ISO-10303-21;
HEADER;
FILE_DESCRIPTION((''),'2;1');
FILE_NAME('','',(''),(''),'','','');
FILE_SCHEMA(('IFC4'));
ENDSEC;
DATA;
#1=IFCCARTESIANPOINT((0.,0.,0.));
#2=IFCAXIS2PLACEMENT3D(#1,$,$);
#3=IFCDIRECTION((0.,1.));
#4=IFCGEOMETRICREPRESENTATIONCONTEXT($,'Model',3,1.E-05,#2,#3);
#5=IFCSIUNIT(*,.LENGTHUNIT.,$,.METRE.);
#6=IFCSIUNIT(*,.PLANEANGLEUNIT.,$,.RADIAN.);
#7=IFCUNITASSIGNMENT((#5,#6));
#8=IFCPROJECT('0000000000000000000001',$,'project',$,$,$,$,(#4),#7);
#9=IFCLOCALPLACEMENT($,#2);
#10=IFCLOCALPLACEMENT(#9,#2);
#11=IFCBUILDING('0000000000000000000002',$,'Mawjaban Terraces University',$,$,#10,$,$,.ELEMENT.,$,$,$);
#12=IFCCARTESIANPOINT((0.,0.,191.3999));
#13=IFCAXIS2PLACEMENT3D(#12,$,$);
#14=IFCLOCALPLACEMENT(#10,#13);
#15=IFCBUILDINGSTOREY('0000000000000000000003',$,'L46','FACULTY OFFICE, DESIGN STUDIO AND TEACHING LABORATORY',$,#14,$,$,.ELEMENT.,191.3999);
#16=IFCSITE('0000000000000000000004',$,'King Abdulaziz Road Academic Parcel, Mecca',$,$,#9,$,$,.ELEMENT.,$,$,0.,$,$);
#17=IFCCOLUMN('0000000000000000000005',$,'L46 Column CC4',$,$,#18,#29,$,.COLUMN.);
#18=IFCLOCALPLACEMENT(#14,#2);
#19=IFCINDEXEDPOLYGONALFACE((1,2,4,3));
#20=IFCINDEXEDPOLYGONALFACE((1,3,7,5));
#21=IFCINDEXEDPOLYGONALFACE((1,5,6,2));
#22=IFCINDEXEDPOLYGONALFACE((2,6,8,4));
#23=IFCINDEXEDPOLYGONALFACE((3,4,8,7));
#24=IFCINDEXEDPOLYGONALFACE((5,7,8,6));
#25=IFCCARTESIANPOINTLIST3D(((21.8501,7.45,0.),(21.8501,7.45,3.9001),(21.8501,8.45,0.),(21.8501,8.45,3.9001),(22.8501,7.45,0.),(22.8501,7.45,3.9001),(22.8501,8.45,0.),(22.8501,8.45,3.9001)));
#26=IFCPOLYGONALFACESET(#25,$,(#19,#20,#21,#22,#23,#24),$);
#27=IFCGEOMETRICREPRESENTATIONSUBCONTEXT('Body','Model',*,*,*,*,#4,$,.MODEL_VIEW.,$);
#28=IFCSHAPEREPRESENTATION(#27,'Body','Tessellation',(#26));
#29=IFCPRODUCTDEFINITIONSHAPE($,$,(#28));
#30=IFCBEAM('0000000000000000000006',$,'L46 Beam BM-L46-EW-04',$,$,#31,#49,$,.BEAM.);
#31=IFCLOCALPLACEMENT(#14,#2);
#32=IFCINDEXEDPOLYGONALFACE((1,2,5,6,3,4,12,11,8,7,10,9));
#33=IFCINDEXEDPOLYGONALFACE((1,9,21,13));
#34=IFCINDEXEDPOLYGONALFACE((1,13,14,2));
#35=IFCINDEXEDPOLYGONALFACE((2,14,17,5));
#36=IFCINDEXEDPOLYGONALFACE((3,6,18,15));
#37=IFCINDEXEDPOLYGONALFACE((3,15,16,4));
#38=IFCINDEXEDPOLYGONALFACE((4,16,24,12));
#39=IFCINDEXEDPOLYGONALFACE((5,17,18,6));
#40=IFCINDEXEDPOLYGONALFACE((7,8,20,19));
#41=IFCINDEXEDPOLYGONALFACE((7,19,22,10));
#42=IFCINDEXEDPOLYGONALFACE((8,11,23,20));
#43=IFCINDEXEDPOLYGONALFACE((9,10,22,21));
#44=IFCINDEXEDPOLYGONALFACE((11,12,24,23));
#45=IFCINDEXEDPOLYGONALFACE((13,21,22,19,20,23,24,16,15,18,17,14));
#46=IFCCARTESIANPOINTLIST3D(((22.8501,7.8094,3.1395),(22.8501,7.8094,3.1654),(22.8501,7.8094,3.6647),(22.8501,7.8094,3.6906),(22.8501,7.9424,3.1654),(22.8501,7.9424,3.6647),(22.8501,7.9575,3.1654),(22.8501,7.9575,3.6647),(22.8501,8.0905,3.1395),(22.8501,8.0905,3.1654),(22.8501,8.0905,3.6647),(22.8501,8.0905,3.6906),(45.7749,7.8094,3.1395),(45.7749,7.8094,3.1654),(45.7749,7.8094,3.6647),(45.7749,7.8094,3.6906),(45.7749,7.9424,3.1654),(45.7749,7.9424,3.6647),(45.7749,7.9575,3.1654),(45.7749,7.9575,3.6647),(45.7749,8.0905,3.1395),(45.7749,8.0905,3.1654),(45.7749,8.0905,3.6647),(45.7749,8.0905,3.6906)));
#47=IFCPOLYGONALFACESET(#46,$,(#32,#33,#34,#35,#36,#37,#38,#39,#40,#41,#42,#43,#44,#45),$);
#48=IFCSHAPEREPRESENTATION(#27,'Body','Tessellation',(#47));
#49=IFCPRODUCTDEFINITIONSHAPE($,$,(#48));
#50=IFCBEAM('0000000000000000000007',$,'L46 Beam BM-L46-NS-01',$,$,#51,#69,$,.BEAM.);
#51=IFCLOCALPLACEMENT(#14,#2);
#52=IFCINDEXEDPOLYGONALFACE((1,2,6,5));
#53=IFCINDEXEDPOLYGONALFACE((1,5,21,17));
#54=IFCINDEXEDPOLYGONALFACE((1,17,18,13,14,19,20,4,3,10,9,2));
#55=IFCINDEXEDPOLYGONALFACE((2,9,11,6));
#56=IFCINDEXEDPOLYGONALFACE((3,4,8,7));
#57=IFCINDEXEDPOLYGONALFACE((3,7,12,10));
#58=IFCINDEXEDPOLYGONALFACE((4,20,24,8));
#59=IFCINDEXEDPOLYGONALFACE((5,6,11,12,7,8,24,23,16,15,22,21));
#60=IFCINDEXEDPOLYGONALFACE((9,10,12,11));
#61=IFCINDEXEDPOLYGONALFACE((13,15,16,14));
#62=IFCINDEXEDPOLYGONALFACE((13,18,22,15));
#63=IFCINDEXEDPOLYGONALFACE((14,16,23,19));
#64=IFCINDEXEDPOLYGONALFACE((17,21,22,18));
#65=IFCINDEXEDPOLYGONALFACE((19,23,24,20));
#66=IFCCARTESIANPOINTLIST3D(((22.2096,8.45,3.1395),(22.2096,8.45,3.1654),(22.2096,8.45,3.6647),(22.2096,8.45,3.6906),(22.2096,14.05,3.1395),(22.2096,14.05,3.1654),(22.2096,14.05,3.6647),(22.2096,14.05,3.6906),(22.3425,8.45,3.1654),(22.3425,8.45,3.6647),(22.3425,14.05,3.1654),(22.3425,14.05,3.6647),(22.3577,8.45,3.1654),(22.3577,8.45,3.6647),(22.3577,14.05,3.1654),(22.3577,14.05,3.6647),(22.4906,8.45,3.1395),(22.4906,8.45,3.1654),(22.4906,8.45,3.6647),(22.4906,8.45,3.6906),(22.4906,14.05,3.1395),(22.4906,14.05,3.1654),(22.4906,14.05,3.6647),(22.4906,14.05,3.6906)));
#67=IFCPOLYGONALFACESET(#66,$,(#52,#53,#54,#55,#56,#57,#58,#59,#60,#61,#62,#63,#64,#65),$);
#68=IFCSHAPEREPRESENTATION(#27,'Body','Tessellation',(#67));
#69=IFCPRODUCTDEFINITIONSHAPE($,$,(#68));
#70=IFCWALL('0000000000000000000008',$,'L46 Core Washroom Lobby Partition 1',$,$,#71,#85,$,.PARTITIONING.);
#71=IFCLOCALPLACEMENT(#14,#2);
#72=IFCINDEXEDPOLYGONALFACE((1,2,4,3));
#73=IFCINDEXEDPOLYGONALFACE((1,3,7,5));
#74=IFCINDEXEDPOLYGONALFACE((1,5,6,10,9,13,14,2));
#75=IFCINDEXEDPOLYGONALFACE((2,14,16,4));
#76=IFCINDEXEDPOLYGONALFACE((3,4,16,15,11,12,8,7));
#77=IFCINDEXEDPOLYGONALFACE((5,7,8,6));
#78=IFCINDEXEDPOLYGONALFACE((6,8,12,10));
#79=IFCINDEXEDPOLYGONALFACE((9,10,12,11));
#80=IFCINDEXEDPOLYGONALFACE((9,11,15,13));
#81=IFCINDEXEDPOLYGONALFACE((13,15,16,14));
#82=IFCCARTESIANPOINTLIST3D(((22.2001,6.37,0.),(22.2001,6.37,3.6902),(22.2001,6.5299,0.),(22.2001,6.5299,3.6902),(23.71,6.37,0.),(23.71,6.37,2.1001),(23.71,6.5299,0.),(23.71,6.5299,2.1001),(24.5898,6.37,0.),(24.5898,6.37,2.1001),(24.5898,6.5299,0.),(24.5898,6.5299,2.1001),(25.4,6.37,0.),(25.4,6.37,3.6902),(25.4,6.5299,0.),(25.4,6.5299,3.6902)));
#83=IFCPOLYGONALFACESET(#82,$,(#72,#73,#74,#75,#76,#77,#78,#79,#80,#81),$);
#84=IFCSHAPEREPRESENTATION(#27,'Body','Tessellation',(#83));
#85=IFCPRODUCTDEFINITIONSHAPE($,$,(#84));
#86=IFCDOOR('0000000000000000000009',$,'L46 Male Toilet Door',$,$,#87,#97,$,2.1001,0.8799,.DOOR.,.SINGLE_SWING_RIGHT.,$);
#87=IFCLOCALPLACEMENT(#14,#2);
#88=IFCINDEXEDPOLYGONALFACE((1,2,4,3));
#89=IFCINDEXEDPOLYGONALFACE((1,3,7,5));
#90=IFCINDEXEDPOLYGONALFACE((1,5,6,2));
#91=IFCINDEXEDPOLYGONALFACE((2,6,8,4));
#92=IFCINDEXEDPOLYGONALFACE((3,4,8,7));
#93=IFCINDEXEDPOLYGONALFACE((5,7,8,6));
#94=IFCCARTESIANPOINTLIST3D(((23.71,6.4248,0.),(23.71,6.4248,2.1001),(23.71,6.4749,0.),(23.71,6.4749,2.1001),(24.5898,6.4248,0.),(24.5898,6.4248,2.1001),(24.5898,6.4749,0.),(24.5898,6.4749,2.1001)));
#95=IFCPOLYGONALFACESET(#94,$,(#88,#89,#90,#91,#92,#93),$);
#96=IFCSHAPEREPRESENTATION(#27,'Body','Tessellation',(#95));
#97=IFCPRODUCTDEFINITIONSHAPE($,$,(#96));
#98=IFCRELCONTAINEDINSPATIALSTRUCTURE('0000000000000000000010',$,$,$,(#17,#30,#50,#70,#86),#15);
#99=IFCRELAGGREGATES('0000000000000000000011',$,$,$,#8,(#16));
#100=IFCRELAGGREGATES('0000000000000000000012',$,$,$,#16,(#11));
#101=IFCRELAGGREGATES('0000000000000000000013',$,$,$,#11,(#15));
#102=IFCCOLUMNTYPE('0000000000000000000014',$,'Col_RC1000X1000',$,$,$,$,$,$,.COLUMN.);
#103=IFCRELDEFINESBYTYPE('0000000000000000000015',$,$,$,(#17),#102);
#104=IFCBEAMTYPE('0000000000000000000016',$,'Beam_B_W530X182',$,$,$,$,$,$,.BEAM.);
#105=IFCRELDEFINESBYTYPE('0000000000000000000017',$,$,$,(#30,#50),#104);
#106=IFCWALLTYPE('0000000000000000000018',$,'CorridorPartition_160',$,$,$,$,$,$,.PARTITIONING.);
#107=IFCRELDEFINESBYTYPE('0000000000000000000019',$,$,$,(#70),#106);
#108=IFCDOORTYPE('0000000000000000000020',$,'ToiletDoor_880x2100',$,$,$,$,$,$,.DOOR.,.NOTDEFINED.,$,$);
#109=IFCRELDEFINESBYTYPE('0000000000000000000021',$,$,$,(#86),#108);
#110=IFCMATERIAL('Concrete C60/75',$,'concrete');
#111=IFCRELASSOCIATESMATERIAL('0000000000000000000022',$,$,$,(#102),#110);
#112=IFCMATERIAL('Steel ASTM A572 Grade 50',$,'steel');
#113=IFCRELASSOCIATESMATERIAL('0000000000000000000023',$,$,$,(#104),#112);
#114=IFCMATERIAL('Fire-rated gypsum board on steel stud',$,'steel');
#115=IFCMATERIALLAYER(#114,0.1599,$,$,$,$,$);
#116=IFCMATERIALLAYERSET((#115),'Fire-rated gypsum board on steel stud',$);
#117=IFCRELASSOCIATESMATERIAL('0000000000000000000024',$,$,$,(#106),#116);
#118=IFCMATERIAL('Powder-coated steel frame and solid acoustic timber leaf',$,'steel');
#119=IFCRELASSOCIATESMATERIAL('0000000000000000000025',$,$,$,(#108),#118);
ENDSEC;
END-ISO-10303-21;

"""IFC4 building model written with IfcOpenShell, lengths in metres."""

from ifc_helpers import new_model, si_unit, direction, frame, frame_2d, origin, origin_2d, place, context, subcontext, project, spatial, rectangle, i_section, extrude, material, layer, layer_set, material_profile, profile_set, type_object, element, fill, save


model = new_model("IFC4")

# Units and contexts
model_context = context("Model", 3, precision=1e-05, world=origin(), true_north=direction((0.0, 1.0)))
body_context = subcontext(model_context, "Body", "Model", "MODEL_VIEW")
ifc_project = project(units=[si_unit("LENGTHUNIT", "METRE"), si_unit("PLANEANGLEUNIT", "RADIAN")], contexts=[model_context])

# Site, building, storey
site_placement = place(None, origin())
site = spatial("IfcSite", under=ifc_project, at=site_placement, Name="King Abdulaziz Road Academic Parcel, Mecca", CompositionType="ELEMENT", RefElevation=0.0)
building_placement = place(site_placement, origin())
building = spatial("IfcBuilding", under=site, at=building_placement, Name="Mawjaban Terraces University", CompositionType="ELEMENT")
storey_placement = place(building_placement, frame((0.0, 0.0, 191.3999)))
storey = spatial("IfcBuildingStorey", under=building, at=storey_placement, Name="L46", Description="FACULTY OFFICE, DESIGN STUDIO AND TEACHING LABORATORY", CompositionType="ELEMENT", Elevation=191.3999)

# Column
ifc_material_1 = material(Name="Concrete C60/75", Category="concrete")
ifc_material_profile_1 = material_profile(ifc_material_1, rectangle(XDim=1.0, YDim=1.0, at=origin_2d()), Name="RC1000X1000")
ifc_profile_set_1 = profile_set([ifc_material_profile_1], Name="Concrete C60/75")
column_type = type_object("IfcColumnType", Name="Col_RC1000X1000", PredefinedType="COLUMN", material=ifc_profile_set_1)
column_placement = place(storey_placement, frame((22.3501, 7.95, 0.0), z_axis=(0.0, 0.0, 1.0), x_axis=(1.0, 0.0, 0.0)))
element("IfcColumn", 1, at=column_placement, inside=storey, type_object=column_type, Name="L46 Column CC4", PredefinedType="COLUMN", context=body_context, shape_type="SweptSolid", body=[
    extrude(rectangle(XDim=1.0, YDim=1.0, at=origin_2d()), origin(), (0.0, 0.0, 1.0), 3.9001),
])

# Beams
ifc_material_2 = material(Name="Steel ASTM A572 Grade 50", Category="steel")
ifc_material_profile_2 = material_profile(ifc_material_2, i_section(OverallWidth=0.281, OverallDepth=0.551, WebThickness=0.0151, FlangeThickness=0.0259, at=origin_2d()), Name="W530X182")
ifc_profile_set_2 = profile_set([ifc_material_profile_2], Name="Steel ASTM A572 Grade 50")
beam_type = type_object("IfcBeamType", Name="Beam_B_W530X182", PredefinedType="BEAM", material=ifc_profile_set_2)
beam_1_placement = place(storey_placement, frame((22.8501, 7.95, 3.415), z_axis=(1.0, 0.0, 0.0), x_axis=(0.0, 1.0, 0.0)))
element("IfcBeam", 2, at=beam_1_placement, inside=storey, type_object=beam_type, Name="L46 Beam BM-L46-EW-04", PredefinedType="BEAM", context=body_context, shape_type="SweptSolid", body=[
    extrude(i_section(OverallWidth=0.281, OverallDepth=0.551, WebThickness=0.0151, FlangeThickness=0.0259, at=origin_2d()), origin(), (0.0, 0.0, 1.0), 22.9248),
])
beam_2_placement = place(storey_placement, frame((22.3501, 8.45, 3.415), z_axis=(0.0, 1.0, 0.0), x_axis=(-1.0, 0.0, 0.0)))
element("IfcBeam", 3, at=beam_2_placement, inside=storey, type_object=beam_type, Name="L46 Beam BM-L46-NS-01", PredefinedType="BEAM", context=body_context, shape_type="SweptSolid", body=[
    extrude(i_section(OverallWidth=0.281, OverallDepth=0.551, WebThickness=0.0151, FlangeThickness=0.0259, at=origin_2d()), origin(), (0.0, 0.0, 1.0), 5.6001),
])

# Wall, opening, door
ifc_material_3 = material(Name="Fire-rated gypsum board on steel stud", Category="steel")
ifc_layer_1 = layer(ifc_material_3, 0.1599)
ifc_layer_set_1 = layer_set([ifc_layer_1], Name="Fire-rated gypsum board on steel stud")
wall_type_1 = type_object("IfcWallType", Name="CorridorPartition_160", PredefinedType="PARTITIONING", material=ifc_layer_set_1)
wall_1_placement = place(storey_placement, frame((22.2, 6.45, 0.0), z_axis=(0.0, 0.0, 1.0), x_axis=(1.0, 0.0, 0.0)))
wall_1 = element("IfcWall", 4, at=wall_1_placement, inside=storey, type_object=wall_type_1, Name="L46 Core Washroom Lobby Partition 1", PredefinedType="PARTITIONING", context=body_context, shape_type="SweptSolid", body=[
    extrude(rectangle(XDim=3.2, YDim=0.1599, at=frame_2d((1.6001, 0.0))), origin(), (0.0, 0.0, 1.0), 3.6902),
])
opening_1_placement = place(wall_1_placement, frame((1.51, 0.0, 0.0)))
opening_1 = element("IfcOpeningElement", 5, at=opening_1_placement, cuts=wall_1, PredefinedType="OPENING", context=body_context, shape_type="SweptSolid", body=[
    extrude(rectangle(XDim=0.8799, YDim=2.1001, at=frame_2d((0.4399, 1.05))), frame((0.0, 0.0898, 0.0), z_axis=(0.0, -1.0, 0.0), x_axis=(1.0, 0.0, 0.0)), (0.0, 0.0, 1.0), 0.1799),
])
ifc_material_4 = material(Name="Powder-coated steel frame and solid acoustic timber leaf", Category="steel")
door_type = type_object("IfcDoorType", Name="ToiletDoor_880x2100", OperationType="NOTDEFINED", PredefinedType="DOOR", material=ifc_material_4)
door_placement = place(opening_1_placement, origin())
door = element("IfcDoor", 6, at=door_placement, inside=storey, type_object=door_type, Name="L46 Male Toilet Door", OperationType="SINGLE_SWING_RIGHT", OverallHeight=2.1001, OverallWidth=0.8799, PredefinedType="DOOR", context=body_context, shape_type="SweptSolid", body=[
    extrude(rectangle(XDim=0.8799, YDim=2.1001, at=frame_2d((0.4399, 1.05))), frame((0.0, 0.0249, 0.0), z_axis=(0.0, -1.0, 0.0), x_axis=(1.0, 0.0, 0.0)), (0.0, 0.0, 1.0), 0.05),
])
fill(opening_1, door)

save(model, "model.ifc")
